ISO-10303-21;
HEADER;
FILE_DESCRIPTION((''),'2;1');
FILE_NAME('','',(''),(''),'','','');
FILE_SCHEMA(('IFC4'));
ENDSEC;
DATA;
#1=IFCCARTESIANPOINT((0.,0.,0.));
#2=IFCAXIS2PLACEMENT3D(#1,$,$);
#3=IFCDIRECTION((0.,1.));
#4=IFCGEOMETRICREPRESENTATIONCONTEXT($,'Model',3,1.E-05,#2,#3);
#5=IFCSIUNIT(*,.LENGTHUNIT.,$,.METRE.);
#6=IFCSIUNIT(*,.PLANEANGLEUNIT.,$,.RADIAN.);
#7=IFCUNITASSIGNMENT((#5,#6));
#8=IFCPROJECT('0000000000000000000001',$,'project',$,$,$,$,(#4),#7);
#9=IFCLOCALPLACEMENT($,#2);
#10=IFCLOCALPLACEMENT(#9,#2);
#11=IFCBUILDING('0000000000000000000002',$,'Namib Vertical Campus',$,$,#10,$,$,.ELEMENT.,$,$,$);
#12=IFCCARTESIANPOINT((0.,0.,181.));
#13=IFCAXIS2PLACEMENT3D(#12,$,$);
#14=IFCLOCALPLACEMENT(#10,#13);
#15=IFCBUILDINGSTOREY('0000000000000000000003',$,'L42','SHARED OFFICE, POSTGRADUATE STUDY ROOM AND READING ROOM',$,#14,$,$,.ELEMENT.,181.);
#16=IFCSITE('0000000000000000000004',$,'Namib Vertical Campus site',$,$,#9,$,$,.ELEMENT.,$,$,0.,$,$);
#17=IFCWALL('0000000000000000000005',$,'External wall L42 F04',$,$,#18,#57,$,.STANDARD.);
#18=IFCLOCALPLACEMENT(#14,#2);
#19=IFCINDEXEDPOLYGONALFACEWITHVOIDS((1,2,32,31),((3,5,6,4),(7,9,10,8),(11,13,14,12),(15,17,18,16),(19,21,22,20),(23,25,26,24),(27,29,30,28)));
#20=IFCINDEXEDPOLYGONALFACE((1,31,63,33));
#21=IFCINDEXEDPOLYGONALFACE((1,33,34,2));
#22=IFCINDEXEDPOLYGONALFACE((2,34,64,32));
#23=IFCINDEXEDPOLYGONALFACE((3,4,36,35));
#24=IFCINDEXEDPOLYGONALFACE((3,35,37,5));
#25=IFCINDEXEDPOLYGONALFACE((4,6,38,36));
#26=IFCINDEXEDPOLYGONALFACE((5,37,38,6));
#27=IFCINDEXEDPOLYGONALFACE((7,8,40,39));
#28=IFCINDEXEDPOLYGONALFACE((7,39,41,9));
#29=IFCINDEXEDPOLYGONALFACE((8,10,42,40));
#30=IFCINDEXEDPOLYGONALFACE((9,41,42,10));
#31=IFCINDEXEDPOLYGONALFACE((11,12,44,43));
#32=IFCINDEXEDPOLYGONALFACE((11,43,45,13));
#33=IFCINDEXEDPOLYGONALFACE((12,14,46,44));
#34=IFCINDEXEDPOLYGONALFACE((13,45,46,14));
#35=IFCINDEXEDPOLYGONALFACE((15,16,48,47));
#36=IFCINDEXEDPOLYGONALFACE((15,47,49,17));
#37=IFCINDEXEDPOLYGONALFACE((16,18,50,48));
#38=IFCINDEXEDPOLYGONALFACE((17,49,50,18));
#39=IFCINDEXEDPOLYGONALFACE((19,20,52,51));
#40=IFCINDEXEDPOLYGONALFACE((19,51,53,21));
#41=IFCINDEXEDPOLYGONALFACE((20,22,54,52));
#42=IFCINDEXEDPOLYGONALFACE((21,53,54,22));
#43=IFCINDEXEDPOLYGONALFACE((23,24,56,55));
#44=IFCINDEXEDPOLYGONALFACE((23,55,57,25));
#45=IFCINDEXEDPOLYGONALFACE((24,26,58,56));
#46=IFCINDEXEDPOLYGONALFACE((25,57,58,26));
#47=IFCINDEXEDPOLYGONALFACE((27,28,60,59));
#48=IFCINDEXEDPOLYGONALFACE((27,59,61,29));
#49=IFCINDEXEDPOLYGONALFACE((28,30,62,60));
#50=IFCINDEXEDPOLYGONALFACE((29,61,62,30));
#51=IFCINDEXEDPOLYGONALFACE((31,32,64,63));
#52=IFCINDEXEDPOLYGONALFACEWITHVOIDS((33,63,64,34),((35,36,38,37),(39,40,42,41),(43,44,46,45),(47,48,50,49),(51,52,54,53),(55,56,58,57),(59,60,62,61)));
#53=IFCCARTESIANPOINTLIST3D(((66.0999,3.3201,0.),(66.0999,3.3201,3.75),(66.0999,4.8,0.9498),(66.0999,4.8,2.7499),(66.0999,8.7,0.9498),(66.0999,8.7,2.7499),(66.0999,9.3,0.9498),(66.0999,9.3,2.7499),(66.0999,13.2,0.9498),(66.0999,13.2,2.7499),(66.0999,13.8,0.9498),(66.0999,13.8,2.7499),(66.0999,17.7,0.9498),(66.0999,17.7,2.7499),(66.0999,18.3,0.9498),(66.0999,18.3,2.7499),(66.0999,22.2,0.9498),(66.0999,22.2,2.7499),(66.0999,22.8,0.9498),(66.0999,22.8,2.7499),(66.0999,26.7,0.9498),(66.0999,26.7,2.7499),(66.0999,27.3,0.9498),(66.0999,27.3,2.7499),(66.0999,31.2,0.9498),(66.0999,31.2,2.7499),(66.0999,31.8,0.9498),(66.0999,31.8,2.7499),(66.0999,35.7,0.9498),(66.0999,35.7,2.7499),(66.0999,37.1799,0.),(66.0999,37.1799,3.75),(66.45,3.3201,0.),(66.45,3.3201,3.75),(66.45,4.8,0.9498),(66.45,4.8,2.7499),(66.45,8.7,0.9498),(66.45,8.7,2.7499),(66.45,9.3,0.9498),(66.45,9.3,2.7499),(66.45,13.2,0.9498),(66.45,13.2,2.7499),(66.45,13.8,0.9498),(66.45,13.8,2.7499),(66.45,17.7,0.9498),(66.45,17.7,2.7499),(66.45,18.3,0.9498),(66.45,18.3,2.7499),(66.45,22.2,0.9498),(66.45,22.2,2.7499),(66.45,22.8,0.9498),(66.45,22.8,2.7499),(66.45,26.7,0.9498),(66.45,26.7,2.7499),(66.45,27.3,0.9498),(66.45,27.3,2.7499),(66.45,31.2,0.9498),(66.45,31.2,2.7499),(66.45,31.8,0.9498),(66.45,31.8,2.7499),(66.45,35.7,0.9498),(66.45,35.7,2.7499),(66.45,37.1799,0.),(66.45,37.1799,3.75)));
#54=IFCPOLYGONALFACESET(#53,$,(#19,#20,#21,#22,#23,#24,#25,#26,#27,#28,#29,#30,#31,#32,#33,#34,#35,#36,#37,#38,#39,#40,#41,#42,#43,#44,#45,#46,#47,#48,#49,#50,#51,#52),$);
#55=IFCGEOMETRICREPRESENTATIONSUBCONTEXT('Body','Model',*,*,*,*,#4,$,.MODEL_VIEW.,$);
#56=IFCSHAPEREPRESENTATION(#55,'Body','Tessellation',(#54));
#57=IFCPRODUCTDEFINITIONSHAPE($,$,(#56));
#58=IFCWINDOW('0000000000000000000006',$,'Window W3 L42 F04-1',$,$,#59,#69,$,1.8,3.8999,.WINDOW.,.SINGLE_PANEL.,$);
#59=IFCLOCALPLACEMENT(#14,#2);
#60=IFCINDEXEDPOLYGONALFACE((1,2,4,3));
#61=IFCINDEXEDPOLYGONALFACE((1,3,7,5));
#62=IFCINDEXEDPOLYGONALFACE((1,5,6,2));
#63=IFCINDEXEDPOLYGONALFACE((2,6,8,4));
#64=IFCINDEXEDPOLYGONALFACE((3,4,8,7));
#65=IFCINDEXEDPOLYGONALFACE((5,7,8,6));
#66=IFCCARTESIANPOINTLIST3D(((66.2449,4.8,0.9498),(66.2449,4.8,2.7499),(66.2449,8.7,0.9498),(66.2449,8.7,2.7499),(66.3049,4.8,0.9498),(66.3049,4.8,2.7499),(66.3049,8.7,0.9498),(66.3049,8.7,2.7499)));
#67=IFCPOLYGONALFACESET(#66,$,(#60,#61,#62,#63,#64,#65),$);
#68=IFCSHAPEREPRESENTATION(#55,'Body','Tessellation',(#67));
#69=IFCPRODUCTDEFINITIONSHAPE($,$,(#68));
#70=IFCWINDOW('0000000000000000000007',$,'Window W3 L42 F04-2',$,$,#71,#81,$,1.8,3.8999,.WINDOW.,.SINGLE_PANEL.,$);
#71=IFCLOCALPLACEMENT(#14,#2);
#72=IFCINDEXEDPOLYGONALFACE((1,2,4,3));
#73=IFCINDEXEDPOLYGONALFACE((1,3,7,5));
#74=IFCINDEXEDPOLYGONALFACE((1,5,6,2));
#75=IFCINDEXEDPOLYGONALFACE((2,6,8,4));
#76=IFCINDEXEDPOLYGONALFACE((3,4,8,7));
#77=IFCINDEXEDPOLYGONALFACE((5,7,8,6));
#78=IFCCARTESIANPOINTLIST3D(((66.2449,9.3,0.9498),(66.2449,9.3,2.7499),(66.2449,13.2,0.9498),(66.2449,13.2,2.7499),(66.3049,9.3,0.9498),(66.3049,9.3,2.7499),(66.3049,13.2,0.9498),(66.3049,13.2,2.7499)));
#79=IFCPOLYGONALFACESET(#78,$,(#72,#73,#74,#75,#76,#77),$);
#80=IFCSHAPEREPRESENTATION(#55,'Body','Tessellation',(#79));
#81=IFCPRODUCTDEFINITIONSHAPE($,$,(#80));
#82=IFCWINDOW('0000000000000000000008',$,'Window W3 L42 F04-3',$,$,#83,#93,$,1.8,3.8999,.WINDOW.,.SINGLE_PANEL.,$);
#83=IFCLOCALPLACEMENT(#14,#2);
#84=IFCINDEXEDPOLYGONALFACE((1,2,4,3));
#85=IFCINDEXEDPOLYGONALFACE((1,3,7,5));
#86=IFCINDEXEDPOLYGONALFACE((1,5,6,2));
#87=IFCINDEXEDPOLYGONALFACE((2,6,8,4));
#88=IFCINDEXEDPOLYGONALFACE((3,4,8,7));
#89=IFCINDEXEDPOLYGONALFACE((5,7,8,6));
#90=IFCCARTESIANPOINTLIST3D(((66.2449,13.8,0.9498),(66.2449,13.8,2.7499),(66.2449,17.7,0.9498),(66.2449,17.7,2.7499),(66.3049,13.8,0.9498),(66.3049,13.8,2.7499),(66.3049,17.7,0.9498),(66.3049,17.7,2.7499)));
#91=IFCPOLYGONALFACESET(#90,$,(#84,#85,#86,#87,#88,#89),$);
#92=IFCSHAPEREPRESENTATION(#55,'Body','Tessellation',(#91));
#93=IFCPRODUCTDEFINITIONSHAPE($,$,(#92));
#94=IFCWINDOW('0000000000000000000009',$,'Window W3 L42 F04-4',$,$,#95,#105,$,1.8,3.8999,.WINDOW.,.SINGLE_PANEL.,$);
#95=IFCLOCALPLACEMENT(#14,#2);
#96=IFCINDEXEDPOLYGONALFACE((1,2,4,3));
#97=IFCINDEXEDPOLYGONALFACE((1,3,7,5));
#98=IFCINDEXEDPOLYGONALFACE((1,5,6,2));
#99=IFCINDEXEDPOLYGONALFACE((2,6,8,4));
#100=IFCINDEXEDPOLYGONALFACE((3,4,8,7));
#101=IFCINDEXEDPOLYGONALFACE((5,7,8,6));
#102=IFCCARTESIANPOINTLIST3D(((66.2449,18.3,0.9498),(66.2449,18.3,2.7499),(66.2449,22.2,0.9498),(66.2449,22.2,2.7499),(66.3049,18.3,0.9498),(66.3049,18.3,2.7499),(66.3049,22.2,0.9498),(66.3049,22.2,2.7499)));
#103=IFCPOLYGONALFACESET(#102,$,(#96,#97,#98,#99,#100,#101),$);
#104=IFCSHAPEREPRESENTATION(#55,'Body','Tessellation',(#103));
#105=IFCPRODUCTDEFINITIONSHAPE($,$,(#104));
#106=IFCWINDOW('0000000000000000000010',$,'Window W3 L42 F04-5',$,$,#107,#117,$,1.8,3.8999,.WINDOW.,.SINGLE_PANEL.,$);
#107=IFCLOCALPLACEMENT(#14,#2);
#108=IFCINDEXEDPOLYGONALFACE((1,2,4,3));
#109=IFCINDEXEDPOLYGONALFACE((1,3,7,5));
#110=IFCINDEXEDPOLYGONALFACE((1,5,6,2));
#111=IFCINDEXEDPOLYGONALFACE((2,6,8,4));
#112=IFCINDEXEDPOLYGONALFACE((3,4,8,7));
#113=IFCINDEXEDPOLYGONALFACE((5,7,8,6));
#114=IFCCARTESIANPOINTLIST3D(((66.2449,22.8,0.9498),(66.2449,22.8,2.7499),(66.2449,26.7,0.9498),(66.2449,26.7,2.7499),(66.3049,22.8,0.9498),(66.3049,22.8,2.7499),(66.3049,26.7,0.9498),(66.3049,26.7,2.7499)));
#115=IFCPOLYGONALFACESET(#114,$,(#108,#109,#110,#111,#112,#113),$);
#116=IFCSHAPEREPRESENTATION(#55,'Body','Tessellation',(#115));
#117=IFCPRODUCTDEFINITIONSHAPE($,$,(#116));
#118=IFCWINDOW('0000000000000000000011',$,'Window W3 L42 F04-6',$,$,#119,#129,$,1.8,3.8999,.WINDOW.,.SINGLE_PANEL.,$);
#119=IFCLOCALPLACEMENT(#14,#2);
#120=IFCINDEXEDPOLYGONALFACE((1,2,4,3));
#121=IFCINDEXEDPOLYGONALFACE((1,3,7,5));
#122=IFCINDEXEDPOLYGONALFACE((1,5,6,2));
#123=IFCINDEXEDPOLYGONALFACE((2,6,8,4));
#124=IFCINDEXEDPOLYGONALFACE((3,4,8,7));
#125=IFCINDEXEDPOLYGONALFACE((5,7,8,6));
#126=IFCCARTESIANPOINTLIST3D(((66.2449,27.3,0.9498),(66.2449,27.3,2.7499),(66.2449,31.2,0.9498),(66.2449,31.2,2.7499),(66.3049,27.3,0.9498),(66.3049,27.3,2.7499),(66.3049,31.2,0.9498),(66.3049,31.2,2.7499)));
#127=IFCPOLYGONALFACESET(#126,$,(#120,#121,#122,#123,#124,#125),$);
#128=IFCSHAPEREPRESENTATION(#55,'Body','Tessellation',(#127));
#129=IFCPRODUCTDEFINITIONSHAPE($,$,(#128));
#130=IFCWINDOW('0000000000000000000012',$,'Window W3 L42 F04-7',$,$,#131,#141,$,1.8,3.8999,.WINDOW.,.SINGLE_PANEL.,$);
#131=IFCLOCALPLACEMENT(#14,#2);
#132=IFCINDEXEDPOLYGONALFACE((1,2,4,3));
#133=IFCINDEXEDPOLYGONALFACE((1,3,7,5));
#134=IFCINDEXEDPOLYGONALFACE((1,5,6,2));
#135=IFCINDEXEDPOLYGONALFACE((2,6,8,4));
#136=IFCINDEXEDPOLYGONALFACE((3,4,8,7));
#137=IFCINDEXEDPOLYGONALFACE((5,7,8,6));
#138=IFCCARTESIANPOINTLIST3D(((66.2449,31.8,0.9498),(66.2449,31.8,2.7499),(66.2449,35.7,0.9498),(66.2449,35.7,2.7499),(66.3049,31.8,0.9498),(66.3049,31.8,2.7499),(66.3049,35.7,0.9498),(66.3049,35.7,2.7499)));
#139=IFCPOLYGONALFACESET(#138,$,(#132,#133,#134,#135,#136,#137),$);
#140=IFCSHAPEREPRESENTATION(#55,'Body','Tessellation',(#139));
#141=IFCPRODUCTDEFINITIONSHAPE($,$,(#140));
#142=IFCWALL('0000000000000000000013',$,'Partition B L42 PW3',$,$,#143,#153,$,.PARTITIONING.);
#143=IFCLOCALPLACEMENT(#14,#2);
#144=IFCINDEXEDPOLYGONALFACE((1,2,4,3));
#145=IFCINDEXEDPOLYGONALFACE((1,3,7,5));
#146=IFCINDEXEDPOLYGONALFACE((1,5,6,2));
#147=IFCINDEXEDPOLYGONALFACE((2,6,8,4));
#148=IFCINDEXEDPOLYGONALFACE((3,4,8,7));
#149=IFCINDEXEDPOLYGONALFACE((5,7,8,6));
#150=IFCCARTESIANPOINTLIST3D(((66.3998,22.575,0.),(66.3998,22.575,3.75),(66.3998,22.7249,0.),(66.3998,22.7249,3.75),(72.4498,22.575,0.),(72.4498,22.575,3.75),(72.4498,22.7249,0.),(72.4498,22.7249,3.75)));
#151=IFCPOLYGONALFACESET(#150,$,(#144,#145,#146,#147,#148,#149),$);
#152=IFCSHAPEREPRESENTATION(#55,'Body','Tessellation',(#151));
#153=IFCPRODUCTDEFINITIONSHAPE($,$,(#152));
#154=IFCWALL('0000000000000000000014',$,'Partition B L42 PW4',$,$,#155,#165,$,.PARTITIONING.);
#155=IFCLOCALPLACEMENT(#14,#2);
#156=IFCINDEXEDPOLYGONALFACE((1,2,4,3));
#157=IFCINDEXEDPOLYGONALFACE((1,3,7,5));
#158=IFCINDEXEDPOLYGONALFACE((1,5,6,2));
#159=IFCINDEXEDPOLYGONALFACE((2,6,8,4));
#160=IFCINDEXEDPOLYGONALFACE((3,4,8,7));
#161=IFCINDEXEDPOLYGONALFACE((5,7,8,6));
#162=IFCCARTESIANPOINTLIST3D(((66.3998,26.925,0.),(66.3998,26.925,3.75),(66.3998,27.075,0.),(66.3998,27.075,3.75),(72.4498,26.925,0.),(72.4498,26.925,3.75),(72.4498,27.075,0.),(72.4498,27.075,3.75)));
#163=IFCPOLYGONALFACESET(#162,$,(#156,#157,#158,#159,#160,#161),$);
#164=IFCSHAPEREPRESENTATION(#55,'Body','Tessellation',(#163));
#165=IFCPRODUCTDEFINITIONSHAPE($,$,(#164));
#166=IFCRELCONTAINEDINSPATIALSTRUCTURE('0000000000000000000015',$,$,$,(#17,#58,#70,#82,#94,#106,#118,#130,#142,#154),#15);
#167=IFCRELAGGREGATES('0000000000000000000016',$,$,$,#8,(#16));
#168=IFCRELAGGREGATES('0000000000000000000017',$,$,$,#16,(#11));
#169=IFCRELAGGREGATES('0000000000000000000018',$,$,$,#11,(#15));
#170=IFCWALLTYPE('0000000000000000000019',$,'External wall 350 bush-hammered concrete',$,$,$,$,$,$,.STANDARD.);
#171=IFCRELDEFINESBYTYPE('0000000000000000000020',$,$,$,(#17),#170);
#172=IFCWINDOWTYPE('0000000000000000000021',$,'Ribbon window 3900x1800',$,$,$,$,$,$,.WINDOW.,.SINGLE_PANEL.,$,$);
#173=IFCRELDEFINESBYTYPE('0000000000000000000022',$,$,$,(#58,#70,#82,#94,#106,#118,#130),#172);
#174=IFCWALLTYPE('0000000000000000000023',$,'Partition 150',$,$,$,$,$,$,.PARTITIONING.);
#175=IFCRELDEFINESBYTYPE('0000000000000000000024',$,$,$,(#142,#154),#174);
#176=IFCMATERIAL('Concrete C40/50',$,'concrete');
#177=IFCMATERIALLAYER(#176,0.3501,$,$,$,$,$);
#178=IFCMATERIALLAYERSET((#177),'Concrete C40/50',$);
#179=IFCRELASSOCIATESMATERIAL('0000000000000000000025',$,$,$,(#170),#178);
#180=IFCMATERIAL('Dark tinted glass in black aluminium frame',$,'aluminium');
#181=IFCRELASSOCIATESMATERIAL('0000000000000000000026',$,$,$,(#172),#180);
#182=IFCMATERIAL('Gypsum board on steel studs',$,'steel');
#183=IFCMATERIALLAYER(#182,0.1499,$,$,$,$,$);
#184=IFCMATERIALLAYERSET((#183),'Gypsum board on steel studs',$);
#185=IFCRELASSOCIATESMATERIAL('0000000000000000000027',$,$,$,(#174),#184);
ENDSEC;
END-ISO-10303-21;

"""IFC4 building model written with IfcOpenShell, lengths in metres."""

from ifc_helpers import new_model, si_unit, direction, frame, frame_2d, origin, place, context, subcontext, project, spatial, rectangle, extrude, material, layer, layer_set, type_object, element, fill, save


model = new_model("IFC4")

# Units and contexts
model_context = context("Model", 3, precision=1e-05, world=origin(), true_north=direction((0.0, 1.0)))
body_context = subcontext(model_context, "Body", "Model", "MODEL_VIEW")
ifc_project = project(units=[si_unit("LENGTHUNIT", "METRE"), si_unit("PLANEANGLEUNIT", "RADIAN")], contexts=[model_context])

# Site, building, storey
site_placement = place(None, origin())
site = spatial("IfcSite", under=ifc_project, at=site_placement, Name="Namib Vertical Campus site", CompositionType="ELEMENT", RefElevation=0.0)
building_placement = place(site_placement, origin())
building = spatial("IfcBuilding", under=site, at=building_placement, Name="Namib Vertical Campus", CompositionType="ELEMENT")
storey_placement = place(building_placement, frame((0.0, 0.0, 181.0)))
storey = spatial("IfcBuildingStorey", under=building, at=storey_placement, Name="L42", Description="SHARED OFFICE, POSTGRADUATE STUDY ROOM AND READING ROOM", CompositionType="ELEMENT", Elevation=181.0)

# Shared definitions
ifc_material_1 = material(Name="Concrete C40/50", Category="concrete")
ifc_layer_1 = layer(ifc_material_1, 0.3501)
ifc_layer_set_1 = layer_set([ifc_layer_1], Name="Concrete C40/50")
wall_type_1 = type_object("IfcWallType", Name="External wall 350 bush-hammered concrete", PredefinedType="STANDARD", material=ifc_layer_set_1)

# Wall, openings, windows
wall_1_placement = place(storey_placement, frame((66.2749, 37.1799, 0.0), z_axis=(0.0, 0.0, 1.0), x_axis=(0.0, -1.0, 0.0)))
wall_1 = element("IfcWall", 1, at=wall_1_placement, inside=storey, type_object=wall_type_1, Name="External wall L42 F04", PredefinedType="STANDARD", context=body_context, shape_type="SweptSolid", body=[
    extrude(rectangle(XDim=33.8599, YDim=0.3501, at=frame_2d((16.9299, 0.0))), origin(), (0.0, 0.0, 1.0), 3.75),
])
opening_1_placement = place(wall_1_placement, frame((28.48, 0.0, 0.95)))
opening_1 = element("IfcOpeningElement", 2, at=opening_1_placement, cuts=wall_1, PredefinedType="OPENING", context=body_context, shape_type="SweptSolid", body=[
    extrude(rectangle(XDim=3.8999, YDim=1.8, at=frame_2d((1.95, 0.8999))), frame((0.0, 0.1851, 0.0), z_axis=(0.0, -1.0, 0.0), x_axis=(1.0, 0.0, 0.0)), (0.0, 0.0, 1.0), 0.3701),
])
opening_2_placement = place(wall_1_placement, frame((23.98, 0.0, 0.95)))
opening_2 = element("IfcOpeningElement", 3, at=opening_2_placement, cuts=wall_1, PredefinedType="OPENING", context=body_context, shape_type="SweptSolid", body=[
    extrude(rectangle(XDim=3.8999, YDim=1.8, at=frame_2d((1.95, 0.8999))), frame((0.0, 0.1851, 0.0), z_axis=(0.0, -1.0, 0.0), x_axis=(1.0, 0.0, 0.0)), (0.0, 0.0, 1.0), 0.3701),
])
opening_3_placement = place(wall_1_placement, frame((19.48, 0.0, 0.95)))
opening_3 = element("IfcOpeningElement", 4, at=opening_3_placement, cuts=wall_1, PredefinedType="OPENING", context=body_context, shape_type="SweptSolid", body=[
    extrude(rectangle(XDim=3.8999, YDim=1.8, at=frame_2d((1.95, 0.8999))), frame((0.0, 0.1851, 0.0), z_axis=(0.0, -1.0, 0.0), x_axis=(1.0, 0.0, 0.0)), (0.0, 0.0, 1.0), 0.3701),
])
opening_4_placement = place(wall_1_placement, frame((14.98, 0.0, 0.95)))
opening_4 = element("IfcOpeningElement", 5, at=opening_4_placement, cuts=wall_1, PredefinedType="OPENING", context=body_context, shape_type="SweptSolid", body=[
    extrude(rectangle(XDim=3.8999, YDim=1.8, at=frame_2d((1.95, 0.8999))), frame((0.0, 0.1851, 0.0), z_axis=(0.0, -1.0, 0.0), x_axis=(1.0, 0.0, 0.0)), (0.0, 0.0, 1.0), 0.3701),
])
opening_5_placement = place(wall_1_placement, frame((10.48, 0.0, 0.95)))
opening_5 = element("IfcOpeningElement", 6, at=opening_5_placement, cuts=wall_1, PredefinedType="OPENING", context=body_context, shape_type="SweptSolid", body=[
    extrude(rectangle(XDim=3.8999, YDim=1.8, at=frame_2d((1.95, 0.8999))), frame((0.0, 0.1851, 0.0), z_axis=(0.0, -1.0, 0.0), x_axis=(1.0, 0.0, 0.0)), (0.0, 0.0, 1.0), 0.3701),
])
opening_6_placement = place(wall_1_placement, frame((5.98, 0.0, 0.95)))
opening_6 = element("IfcOpeningElement", 7, at=opening_6_placement, cuts=wall_1, PredefinedType="OPENING", context=body_context, shape_type="SweptSolid", body=[
    extrude(rectangle(XDim=3.8999, YDim=1.8, at=frame_2d((1.95, 0.8999))), frame((0.0, 0.1851, 0.0), z_axis=(0.0, -1.0, 0.0), x_axis=(1.0, 0.0, 0.0)), (0.0, 0.0, 1.0), 0.3701),
])
opening_7_placement = place(wall_1_placement, frame((1.48, 0.0, 0.95)))
opening_7 = element("IfcOpeningElement", 8, at=opening_7_placement, cuts=wall_1, PredefinedType="OPENING", context=body_context, shape_type="SweptSolid", body=[
    extrude(rectangle(XDim=3.8999, YDim=1.8, at=frame_2d((1.95, 0.8999))), frame((0.0, 0.1851, 0.0), z_axis=(0.0, -1.0, 0.0), x_axis=(1.0, 0.0, 0.0)), (0.0, 0.0, 1.0), 0.3701),
])
ifc_material_2 = material(Name="Dark tinted glass in black aluminium frame", Category="aluminium")
window_type = type_object("IfcWindowType", Name="Ribbon window 3900x1800", PartitioningType="SINGLE_PANEL", PredefinedType="WINDOW", material=ifc_material_2)
window_1_placement = place(opening_1_placement, origin())
window_1 = element("IfcWindow", 9, at=window_1_placement, inside=storey, type_object=window_type, Name="Window W3 L42 F04-1", OverallHeight=1.8, OverallWidth=3.8999, PartitioningType="SINGLE_PANEL", PredefinedType="WINDOW", context=body_context, shape_type="SweptSolid", body=[
    extrude(rectangle(XDim=3.8999, YDim=1.8, at=frame_2d((1.95, 0.8999))), frame((0.0, 0.03, 0.0), z_axis=(0.0, -1.0, 0.0), x_axis=(1.0, 0.0, 0.0)), (0.0, 0.0, 1.0), 0.0601),
])
fill(opening_1, window_1)
window_2_placement = place(opening_2_placement, origin())
window_2 = element("IfcWindow", 10, at=window_2_placement, inside=storey, type_object=window_type, Name="Window W3 L42 F04-2", OverallHeight=1.8, OverallWidth=3.8999, PartitioningType="SINGLE_PANEL", PredefinedType="WINDOW", context=body_context, shape_type="SweptSolid", body=[
    extrude(rectangle(XDim=3.8999, YDim=1.8, at=frame_2d((1.95, 0.8999))), frame((0.0, 0.03, 0.0), z_axis=(0.0, -1.0, 0.0), x_axis=(1.0, 0.0, 0.0)), (0.0, 0.0, 1.0), 0.0601),
])
fill(opening_2, window_2)
window_3_placement = place(opening_3_placement, origin())
window_3 = element("IfcWindow", 11, at=window_3_placement, inside=storey, type_object=window_type, Name="Window W3 L42 F04-3", OverallHeight=1.8, OverallWidth=3.8999, PartitioningType="SINGLE_PANEL", PredefinedType="WINDOW", context=body_context, shape_type="SweptSolid", body=[
    extrude(rectangle(XDim=3.8999, YDim=1.8, at=frame_2d((1.95, 0.8999))), frame((0.0, 0.03, 0.0), z_axis=(0.0, -1.0, 0.0), x_axis=(1.0, 0.0, 0.0)), (0.0, 0.0, 1.0), 0.0601),
])
fill(opening_3, window_3)
window_4_placement = place(opening_4_placement, origin())
window_4 = element("IfcWindow", 12, at=window_4_placement, inside=storey, type_object=window_type, Name="Window W3 L42 F04-4", OverallHeight=1.8, OverallWidth=3.8999, PartitioningType="SINGLE_PANEL", PredefinedType="WINDOW", context=body_context, shape_type="SweptSolid", body=[
    extrude(rectangle(XDim=3.8999, YDim=1.8, at=frame_2d((1.95, 0.8999))), frame((0.0, 0.03, 0.0), z_axis=(0.0, -1.0, 0.0), x_axis=(1.0, 0.0, 0.0)), (0.0, 0.0, 1.0), 0.0601),
])
fill(opening_4, window_4)
window_5_placement = place(opening_5_placement, origin())
window_5 = element("IfcWindow", 13, at=window_5_placement, inside=storey, type_object=window_type, Name="Window W3 L42 F04-5", OverallHeight=1.8, OverallWidth=3.8999, PartitioningType="SINGLE_PANEL", PredefinedType="WINDOW", context=body_context, shape_type="SweptSolid", body=[
    extrude(rectangle(XDim=3.8999, YDim=1.8, at=frame_2d((1.95, 0.8999))), frame((0.0, 0.03, 0.0), z_axis=(0.0, -1.0, 0.0), x_axis=(1.0, 0.0, 0.0)), (0.0, 0.0, 1.0), 0.0601),
])
fill(opening_5, window_5)
window_6_placement = place(opening_6_placement, origin())
window_6 = element("IfcWindow", 14, at=window_6_placement, inside=storey, type_object=window_type, Name="Window W3 L42 F04-6", OverallHeight=1.8, OverallWidth=3.8999, PartitioningType="SINGLE_PANEL", PredefinedType="WINDOW", context=body_context, shape_type="SweptSolid", body=[
    extrude(rectangle(XDim=3.8999, YDim=1.8, at=frame_2d((1.95, 0.8999))), frame((0.0, 0.03, 0.0), z_axis=(0.0, -1.0, 0.0), x_axis=(1.0, 0.0, 0.0)), (0.0, 0.0, 1.0), 0.0601),
])
fill(opening_6, window_6)
window_7_placement = place(opening_7_placement, origin())
window_7 = element("IfcWindow", 15, at=window_7_placement, inside=storey, type_object=window_type, Name="Window W3 L42 F04-7", OverallHeight=1.8, OverallWidth=3.8999, PartitioningType="SINGLE_PANEL", PredefinedType="WINDOW", context=body_context, shape_type="SweptSolid", body=[
    extrude(rectangle(XDim=3.8999, YDim=1.8, at=frame_2d((1.95, 0.8999))), frame((0.0, 0.03, 0.0), z_axis=(0.0, -1.0, 0.0), x_axis=(1.0, 0.0, 0.0)), (0.0, 0.0, 1.0), 0.0601),
])
fill(opening_7, window_7)

# Walls
ifc_material_3 = material(Name="Gypsum board on steel studs", Category="steel")
ifc_layer_2 = layer(ifc_material_3, 0.1499)
ifc_layer_set_2 = layer_set([ifc_layer_2], Name="Gypsum board on steel studs")
wall_type_2 = type_object("IfcWallType", Name="Partition 150", PredefinedType="PARTITIONING", material=ifc_layer_set_2)
for number, where, z_axis, x_axis, name in (
    (16, (66.3999, 22.6499, 0.0), (0.0, 0.0, 1.0), (1.0, 0.0, 0.0), "Partition B L42 PW3"),
    (17, (66.3999, 27.0, 0.0), (0.0, 0.0, 1.0), (1.0, 0.0, 0.0), "Partition B L42 PW4"),
):
    element("IfcWall", number, at=place(storey_placement, frame(where, z_axis=z_axis, x_axis=x_axis)), inside=storey, type_object=wall_type_2, Name=name, PredefinedType="PARTITIONING", context=body_context, shape_type="SweptSolid", body=[
        extrude(rectangle(XDim=6.05, YDim=0.1499, at=frame_2d((3.0249, 0.0))), origin(), (0.0, 0.0, 1.0), 3.75),
    ])

save(model, "model.ifc")
